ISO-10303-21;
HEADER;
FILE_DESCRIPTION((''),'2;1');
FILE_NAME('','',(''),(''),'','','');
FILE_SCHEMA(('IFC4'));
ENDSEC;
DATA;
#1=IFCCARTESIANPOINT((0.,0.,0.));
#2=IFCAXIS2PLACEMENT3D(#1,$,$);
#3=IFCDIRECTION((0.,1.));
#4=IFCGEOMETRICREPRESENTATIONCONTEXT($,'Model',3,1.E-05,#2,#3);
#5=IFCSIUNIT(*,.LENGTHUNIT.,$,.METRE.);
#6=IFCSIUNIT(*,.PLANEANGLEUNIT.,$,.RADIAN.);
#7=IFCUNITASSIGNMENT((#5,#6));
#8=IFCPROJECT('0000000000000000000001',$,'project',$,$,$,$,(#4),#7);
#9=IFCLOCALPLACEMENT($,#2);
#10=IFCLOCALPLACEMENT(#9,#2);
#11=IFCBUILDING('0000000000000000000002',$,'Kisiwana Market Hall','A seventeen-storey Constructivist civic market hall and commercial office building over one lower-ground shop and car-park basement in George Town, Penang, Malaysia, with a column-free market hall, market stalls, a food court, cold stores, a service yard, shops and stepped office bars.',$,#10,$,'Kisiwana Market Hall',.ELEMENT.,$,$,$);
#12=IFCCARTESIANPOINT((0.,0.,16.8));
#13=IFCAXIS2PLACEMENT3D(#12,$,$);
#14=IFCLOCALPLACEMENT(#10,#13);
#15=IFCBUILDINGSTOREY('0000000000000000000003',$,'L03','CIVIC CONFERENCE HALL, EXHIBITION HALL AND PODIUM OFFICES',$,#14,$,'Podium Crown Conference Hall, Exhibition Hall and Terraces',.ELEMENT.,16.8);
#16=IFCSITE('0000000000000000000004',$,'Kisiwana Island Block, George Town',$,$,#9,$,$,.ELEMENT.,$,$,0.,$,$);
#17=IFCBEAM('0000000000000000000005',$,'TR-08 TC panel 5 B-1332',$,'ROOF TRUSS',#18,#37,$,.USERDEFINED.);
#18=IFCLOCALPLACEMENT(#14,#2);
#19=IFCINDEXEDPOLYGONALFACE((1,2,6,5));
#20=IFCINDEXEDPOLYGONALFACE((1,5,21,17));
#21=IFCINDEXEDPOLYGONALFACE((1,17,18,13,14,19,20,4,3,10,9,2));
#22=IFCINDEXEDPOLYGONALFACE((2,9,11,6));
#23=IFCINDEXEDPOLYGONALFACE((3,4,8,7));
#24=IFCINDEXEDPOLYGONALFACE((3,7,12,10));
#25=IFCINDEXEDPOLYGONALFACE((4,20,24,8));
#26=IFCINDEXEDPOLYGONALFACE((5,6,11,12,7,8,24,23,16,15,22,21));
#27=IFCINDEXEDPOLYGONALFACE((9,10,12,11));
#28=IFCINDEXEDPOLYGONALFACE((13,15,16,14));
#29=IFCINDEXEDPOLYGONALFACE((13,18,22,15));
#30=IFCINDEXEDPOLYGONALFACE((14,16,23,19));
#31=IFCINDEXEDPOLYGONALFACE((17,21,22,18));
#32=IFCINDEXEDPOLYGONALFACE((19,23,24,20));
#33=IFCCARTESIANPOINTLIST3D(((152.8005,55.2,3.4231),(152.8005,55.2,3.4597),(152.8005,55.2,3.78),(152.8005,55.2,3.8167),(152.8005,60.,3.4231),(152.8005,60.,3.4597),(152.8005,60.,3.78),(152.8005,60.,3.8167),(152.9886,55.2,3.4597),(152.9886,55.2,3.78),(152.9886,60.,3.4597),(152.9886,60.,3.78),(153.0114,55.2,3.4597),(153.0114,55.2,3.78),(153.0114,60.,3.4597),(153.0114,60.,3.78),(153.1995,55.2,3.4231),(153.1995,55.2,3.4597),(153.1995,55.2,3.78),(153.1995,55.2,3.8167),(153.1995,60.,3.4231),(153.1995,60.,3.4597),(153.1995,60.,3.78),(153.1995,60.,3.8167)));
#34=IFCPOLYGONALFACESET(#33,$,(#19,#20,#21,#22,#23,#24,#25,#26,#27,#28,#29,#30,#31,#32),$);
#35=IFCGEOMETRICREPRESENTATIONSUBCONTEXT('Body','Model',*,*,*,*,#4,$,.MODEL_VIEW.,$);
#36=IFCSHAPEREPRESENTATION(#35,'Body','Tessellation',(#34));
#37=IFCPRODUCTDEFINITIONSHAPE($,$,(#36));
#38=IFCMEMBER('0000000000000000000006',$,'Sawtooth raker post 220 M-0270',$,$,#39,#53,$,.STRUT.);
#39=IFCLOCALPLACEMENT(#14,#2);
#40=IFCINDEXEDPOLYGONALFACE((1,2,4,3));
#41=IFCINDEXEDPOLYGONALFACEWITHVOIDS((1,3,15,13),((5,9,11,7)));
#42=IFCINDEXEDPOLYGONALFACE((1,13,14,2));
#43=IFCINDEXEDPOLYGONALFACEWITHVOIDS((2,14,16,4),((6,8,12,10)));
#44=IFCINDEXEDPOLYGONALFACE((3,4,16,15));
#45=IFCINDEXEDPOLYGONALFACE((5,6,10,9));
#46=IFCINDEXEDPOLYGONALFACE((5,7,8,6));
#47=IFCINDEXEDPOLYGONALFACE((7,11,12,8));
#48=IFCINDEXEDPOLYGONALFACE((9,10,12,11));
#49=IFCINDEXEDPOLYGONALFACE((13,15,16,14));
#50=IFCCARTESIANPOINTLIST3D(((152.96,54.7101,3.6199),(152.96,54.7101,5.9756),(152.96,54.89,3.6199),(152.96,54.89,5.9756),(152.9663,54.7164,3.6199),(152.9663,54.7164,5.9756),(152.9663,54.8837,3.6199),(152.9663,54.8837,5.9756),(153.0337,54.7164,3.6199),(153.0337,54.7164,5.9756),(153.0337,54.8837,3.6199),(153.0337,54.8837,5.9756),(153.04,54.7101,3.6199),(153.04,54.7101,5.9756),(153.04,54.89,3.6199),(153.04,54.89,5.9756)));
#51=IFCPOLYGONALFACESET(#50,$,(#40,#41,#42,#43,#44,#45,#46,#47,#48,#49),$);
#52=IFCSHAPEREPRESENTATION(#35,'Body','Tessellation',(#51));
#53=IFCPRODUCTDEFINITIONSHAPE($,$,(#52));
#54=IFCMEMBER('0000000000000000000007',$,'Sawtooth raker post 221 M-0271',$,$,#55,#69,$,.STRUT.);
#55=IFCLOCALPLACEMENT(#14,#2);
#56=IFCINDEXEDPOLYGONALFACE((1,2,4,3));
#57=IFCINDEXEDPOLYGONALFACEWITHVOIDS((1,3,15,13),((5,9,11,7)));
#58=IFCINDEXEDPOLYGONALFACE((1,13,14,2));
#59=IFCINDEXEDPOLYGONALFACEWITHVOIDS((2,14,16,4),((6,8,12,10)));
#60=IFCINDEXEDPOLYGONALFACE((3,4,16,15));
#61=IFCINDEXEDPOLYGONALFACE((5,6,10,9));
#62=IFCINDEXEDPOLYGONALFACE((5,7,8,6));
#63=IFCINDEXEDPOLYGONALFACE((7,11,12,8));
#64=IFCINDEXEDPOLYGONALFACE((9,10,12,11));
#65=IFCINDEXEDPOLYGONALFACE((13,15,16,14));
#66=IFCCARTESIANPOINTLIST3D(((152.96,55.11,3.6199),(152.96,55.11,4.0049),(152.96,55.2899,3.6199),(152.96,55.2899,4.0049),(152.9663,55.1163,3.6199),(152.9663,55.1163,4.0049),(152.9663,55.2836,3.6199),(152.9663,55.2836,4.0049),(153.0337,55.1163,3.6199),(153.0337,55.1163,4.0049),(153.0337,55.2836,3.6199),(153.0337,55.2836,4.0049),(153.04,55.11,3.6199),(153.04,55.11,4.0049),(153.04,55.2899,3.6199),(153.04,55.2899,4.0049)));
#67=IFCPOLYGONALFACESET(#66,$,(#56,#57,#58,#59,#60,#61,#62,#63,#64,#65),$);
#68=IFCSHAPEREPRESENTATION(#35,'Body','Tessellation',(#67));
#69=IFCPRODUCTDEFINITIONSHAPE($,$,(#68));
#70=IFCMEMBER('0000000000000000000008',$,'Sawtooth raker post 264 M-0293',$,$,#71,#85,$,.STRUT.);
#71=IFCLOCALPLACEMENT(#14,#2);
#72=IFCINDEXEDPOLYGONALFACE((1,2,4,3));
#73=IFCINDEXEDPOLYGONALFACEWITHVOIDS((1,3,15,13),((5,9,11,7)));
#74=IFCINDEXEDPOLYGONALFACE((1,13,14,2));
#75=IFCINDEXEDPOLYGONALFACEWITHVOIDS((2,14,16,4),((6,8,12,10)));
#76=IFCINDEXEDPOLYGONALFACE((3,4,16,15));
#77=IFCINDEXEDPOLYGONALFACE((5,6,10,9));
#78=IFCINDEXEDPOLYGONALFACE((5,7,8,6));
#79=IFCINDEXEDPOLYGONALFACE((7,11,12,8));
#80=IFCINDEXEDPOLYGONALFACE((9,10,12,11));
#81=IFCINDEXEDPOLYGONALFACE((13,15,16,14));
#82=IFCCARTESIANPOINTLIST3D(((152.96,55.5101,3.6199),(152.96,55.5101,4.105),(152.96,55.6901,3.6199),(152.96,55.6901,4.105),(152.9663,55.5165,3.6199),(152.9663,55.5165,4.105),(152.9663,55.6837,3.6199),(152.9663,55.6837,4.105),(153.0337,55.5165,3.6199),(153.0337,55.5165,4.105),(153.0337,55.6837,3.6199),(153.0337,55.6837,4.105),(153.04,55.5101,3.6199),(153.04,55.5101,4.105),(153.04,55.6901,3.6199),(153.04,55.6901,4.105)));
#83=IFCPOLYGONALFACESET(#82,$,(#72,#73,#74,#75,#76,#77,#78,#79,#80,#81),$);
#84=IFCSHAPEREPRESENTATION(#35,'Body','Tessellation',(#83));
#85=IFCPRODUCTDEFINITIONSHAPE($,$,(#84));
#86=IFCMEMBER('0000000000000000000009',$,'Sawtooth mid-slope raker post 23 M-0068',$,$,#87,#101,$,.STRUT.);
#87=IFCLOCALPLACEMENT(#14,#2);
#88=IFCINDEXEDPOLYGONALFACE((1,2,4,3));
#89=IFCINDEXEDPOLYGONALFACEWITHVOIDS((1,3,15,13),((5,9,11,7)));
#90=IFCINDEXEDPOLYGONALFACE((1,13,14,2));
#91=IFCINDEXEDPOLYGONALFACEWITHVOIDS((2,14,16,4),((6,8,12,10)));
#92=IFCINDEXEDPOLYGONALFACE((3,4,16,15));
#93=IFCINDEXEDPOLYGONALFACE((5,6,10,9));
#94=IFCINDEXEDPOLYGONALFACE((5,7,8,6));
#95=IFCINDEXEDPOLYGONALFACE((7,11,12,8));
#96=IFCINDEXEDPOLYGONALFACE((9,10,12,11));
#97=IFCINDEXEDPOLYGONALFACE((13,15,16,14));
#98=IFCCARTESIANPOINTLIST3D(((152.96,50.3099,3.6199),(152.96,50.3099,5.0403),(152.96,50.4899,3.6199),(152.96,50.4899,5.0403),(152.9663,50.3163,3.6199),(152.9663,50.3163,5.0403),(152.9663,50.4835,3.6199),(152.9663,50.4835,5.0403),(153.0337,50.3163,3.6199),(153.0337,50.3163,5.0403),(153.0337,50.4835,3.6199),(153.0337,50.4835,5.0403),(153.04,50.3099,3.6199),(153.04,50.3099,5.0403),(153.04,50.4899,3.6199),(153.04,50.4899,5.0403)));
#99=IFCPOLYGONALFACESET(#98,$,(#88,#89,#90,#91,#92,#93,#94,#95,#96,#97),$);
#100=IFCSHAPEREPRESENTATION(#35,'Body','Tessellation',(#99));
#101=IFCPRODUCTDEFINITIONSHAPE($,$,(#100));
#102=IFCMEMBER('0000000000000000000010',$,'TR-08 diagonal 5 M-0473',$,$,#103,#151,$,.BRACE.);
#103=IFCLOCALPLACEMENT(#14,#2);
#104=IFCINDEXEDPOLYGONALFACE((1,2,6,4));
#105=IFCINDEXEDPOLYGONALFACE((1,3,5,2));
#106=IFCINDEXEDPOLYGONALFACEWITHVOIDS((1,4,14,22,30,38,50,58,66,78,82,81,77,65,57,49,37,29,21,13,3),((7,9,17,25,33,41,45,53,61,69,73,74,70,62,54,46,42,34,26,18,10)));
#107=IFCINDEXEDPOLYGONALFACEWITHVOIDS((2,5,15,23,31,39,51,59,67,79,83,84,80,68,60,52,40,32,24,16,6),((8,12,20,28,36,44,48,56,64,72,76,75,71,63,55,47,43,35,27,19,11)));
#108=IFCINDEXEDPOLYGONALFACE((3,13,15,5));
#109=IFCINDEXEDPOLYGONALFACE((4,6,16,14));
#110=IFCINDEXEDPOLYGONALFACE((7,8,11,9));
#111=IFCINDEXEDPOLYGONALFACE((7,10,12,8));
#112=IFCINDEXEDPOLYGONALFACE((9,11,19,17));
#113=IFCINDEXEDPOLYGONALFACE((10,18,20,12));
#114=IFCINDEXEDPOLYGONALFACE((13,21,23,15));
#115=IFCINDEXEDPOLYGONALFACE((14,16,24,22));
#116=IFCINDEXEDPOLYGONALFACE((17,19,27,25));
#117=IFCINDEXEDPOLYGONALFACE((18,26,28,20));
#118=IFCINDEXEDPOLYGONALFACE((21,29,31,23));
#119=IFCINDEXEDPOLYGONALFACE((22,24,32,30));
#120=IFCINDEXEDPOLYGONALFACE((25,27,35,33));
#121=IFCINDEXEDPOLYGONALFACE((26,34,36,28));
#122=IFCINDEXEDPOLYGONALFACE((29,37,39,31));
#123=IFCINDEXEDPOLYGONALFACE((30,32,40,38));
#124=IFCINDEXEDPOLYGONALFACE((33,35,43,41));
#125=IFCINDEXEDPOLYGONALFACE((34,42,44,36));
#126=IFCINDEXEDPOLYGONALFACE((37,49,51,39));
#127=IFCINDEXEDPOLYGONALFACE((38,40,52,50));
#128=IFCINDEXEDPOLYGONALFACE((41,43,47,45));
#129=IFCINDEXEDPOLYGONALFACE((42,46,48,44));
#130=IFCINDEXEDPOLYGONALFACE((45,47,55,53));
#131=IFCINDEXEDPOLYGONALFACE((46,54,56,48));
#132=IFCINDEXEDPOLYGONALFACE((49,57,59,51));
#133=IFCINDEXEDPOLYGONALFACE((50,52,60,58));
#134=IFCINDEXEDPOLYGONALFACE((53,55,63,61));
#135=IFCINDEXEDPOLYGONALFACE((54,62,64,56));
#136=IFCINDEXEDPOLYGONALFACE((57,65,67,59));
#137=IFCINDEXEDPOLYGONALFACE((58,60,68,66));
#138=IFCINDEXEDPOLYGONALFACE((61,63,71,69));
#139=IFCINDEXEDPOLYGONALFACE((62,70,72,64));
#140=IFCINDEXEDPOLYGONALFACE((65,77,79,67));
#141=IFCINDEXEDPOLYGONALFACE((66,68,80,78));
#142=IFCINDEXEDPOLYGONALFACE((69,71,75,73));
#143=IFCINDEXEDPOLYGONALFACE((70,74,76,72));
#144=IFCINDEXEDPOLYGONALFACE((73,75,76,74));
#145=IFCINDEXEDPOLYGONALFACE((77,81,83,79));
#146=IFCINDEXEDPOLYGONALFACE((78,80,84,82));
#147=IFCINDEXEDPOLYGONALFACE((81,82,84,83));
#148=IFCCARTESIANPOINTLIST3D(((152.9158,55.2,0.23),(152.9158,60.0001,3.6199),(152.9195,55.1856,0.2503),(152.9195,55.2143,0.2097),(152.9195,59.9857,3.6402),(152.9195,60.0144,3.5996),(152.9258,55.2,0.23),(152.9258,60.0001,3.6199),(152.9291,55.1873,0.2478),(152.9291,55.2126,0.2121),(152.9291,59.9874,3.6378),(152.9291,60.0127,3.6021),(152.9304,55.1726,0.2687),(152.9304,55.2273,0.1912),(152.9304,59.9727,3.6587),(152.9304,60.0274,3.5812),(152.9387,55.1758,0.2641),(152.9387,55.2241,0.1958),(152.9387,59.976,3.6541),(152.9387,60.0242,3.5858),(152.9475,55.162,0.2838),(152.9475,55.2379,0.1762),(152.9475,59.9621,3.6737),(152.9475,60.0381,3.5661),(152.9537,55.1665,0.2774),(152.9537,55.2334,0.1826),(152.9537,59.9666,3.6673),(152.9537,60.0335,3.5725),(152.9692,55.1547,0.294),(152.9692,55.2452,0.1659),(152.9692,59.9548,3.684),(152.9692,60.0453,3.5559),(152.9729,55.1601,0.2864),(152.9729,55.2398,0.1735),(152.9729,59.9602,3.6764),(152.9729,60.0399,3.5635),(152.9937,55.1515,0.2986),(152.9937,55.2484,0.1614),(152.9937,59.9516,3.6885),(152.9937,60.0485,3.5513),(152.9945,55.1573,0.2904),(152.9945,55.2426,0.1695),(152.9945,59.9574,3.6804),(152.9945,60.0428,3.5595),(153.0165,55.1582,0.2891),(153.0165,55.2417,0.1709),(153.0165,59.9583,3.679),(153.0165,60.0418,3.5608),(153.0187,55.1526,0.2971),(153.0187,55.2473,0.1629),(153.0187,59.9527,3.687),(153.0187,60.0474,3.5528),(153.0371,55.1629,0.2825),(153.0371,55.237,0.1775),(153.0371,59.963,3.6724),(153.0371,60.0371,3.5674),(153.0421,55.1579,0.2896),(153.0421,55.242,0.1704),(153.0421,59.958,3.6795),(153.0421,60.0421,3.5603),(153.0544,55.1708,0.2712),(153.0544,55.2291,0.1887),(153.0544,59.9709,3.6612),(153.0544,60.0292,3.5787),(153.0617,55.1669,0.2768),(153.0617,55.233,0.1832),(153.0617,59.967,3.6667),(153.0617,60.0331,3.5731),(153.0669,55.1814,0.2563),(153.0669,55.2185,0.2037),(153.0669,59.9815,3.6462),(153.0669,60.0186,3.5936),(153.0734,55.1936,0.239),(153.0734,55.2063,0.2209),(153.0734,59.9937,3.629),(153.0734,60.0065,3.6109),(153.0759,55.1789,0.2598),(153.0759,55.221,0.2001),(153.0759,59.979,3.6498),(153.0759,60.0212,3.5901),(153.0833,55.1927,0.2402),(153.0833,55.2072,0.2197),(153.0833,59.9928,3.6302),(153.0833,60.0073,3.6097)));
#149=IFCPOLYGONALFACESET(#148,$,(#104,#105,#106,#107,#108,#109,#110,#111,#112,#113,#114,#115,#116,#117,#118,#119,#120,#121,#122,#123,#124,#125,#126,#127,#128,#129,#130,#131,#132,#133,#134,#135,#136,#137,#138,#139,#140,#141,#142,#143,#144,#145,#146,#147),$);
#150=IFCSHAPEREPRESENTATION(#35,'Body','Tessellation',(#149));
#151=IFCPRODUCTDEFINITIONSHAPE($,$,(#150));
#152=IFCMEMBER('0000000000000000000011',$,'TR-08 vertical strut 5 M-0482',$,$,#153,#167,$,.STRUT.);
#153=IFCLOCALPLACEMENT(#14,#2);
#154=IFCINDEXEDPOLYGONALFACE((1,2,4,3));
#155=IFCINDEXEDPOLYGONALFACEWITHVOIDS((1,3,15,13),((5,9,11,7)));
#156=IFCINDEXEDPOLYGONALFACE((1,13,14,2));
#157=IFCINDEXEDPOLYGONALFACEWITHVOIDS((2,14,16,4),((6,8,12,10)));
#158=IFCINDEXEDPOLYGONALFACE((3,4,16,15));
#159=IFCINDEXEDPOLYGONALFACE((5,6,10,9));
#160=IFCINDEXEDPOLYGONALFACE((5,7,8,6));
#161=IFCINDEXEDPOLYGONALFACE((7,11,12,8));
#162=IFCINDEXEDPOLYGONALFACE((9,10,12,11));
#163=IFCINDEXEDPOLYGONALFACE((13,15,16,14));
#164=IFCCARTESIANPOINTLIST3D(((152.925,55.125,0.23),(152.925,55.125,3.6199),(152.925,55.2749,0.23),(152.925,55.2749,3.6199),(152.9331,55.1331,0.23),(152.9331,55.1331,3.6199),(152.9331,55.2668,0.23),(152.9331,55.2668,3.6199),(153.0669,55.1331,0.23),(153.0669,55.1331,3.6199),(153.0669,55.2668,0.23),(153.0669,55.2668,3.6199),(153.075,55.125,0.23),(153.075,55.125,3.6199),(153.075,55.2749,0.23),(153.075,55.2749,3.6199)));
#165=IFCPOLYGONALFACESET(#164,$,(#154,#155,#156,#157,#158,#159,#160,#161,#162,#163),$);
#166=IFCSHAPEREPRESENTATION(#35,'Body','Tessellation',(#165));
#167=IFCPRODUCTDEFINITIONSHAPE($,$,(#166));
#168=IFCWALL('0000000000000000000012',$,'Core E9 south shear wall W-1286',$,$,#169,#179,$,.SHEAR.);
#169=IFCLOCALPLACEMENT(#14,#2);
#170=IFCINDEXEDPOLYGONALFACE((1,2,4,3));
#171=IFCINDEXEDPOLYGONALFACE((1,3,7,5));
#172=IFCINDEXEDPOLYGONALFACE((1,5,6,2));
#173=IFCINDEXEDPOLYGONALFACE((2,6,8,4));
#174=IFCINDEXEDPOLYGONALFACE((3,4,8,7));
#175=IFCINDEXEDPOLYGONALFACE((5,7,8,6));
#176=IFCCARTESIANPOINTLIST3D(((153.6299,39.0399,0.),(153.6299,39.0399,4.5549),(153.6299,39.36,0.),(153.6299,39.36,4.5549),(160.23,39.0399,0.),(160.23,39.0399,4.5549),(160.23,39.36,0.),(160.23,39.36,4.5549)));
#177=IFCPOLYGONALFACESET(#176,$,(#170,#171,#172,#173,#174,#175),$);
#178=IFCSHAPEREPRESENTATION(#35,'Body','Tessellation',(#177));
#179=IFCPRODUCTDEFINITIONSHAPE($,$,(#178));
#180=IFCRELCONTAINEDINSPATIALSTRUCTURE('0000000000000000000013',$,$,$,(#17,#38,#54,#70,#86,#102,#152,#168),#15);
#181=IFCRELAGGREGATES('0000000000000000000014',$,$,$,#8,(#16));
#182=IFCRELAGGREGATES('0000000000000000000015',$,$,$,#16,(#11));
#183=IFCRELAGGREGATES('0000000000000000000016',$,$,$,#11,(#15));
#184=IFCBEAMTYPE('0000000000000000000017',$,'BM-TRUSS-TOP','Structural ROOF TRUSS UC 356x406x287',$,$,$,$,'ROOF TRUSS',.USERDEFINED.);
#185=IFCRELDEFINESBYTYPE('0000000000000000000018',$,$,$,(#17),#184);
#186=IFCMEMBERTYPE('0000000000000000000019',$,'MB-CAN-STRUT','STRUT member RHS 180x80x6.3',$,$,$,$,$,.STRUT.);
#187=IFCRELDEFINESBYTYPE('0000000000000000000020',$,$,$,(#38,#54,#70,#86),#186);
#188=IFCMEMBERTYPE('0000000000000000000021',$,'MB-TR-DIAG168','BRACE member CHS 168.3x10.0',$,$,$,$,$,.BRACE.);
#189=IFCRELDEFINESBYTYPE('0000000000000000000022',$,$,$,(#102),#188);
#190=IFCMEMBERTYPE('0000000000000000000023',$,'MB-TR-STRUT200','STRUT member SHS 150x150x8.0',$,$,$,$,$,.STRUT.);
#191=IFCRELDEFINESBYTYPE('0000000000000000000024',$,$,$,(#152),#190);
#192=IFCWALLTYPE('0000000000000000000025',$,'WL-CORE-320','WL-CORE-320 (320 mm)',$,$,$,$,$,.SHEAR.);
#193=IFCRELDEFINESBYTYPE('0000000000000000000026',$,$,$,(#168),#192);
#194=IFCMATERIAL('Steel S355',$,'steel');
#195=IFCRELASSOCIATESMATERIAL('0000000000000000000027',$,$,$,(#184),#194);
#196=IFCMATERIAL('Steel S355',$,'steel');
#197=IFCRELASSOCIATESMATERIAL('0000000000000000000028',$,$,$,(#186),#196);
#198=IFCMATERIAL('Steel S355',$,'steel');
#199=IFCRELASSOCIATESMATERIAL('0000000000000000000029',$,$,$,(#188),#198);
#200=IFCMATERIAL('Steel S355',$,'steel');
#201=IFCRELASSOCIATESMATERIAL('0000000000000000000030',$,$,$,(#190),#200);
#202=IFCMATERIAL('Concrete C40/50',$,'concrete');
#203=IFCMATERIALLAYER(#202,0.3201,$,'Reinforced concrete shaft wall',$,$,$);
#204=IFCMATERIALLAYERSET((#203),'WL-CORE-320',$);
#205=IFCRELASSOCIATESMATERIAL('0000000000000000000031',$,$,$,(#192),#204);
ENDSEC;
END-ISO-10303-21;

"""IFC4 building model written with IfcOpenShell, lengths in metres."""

from ifc_helpers import new_model, si_unit, direction, frame, frame_2d, origin, origin_2d, place, context, subcontext, project, spatial, rectangle, hollow_rectangle, hollow_circle, i_section, extrude, material, layer, layer_set, material_profile, profile_set, type_object, element, save


model = new_model("IFC4")

# Units and contexts
model_context = context("Model", 3, precision=1e-05, world=origin(), true_north=direction((0.0, 1.0)))
body_context = subcontext(model_context, "Body", "Model", "MODEL_VIEW")
ifc_project = project(units=[si_unit("LENGTHUNIT", "METRE"), si_unit("PLANEANGLEUNIT", "RADIAN")], contexts=[model_context])

# Site, building, storey
site_placement = place(None, origin())
site = spatial("IfcSite", under=ifc_project, at=site_placement, Name="Kisiwana Island Block, George Town", CompositionType="ELEMENT", RefElevation=0.0)
building_placement = place(site_placement, origin())
building = spatial("IfcBuilding", under=site, at=building_placement, Name="Kisiwana Market Hall", Description="A seventeen-storey Constructivist civic market hall and commercial office building over one lower-ground shop and car-park basement in George Town, Penang, Malaysia, with a column-free market hall, market stalls, a food court, cold stores, a service yard, shops and stepped office bars.", LongName="Kisiwana Market Hall", CompositionType="ELEMENT")
storey_placement = place(building_placement, frame((0.0, 0.0, 16.8)))
storey = spatial("IfcBuildingStorey", under=building, at=storey_placement, Name="L03", Description="CIVIC CONFERENCE HALL, EXHIBITION HALL AND PODIUM OFFICES", LongName="Podium Crown Conference Hall, Exhibition Hall and Terraces", CompositionType="ELEMENT", Elevation=16.8)

# Beam
ifc_material_1 = material(Name="Steel S355", Category="steel")
ifc_material_profile_1 = material_profile(ifc_material_1, i_section(OverallWidth=0.3989, OverallDepth=0.3936, WebThickness=0.0227, FlangeThickness=0.0366, at=origin_2d()), Name="UC 356x406x287")
ifc_profile_set_1 = profile_set([ifc_material_profile_1], Name="Steel S355")
beam_type_1 = type_object("IfcBeamType", Name="BM-TRUSS-TOP", Description="Structural ROOF TRUSS UC 356x406x287", ElementType="ROOF TRUSS", PredefinedType="USERDEFINED", material=ifc_profile_set_1)
beam_1_placement = place(storey_placement, frame((153.0, 55.2, 3.6199), z_axis=(0.0, 1.0, 0.0), x_axis=(-1.0, 0.0, 0.0)))
element("IfcBeam", 1, at=beam_1_placement, inside=storey, type_object=beam_type_1, Name="TR-08 TC panel 5 B-1332", ObjectType="ROOF TRUSS", PredefinedType="USERDEFINED", context=body_context, shape_type="SweptSolid", body=[
    extrude(i_section(OverallWidth=0.3989, OverallDepth=0.3936, WebThickness=0.0227, FlangeThickness=0.0366, at=origin_2d()), origin(), (0.0, 0.0, 1.0), 4.8),
])

# Members
ifc_material_2 = material(Name="Steel S355", Category="steel")
ifc_material_profile_2 = material_profile(ifc_material_2, hollow_rectangle(XDim=0.0801, YDim=0.1799, WallThickness=0.0063, at=origin_2d()), Name="RHS 180x80x6.3")
ifc_profile_set_2 = profile_set([ifc_material_profile_2], Name="Steel S355")
member_type_1 = type_object("IfcMemberType", Name="MB-CAN-STRUT", Description="STRUT member RHS 180x80x6.3", PredefinedType="STRUT", material=ifc_profile_set_2)
member_1_placement = place(storey_placement, frame((153.0, 54.8, 3.6199), z_axis=(0.0, 0.0, 1.0), x_axis=(1.0, 0.0, 0.0)))
element("IfcMember", 2, at=member_1_placement, inside=storey, type_object=member_type_1, Name="Sawtooth raker post 220 M-0270", PredefinedType="STRUT", context=body_context, shape_type="SweptSolid", body=[
    extrude(hollow_rectangle(XDim=0.0801, YDim=0.1799, WallThickness=0.0063, at=origin_2d()), origin(), (0.0, 0.0, 1.0), 2.3557),
])
member_2_placement = place(storey_placement, frame((153.0, 55.2, 3.6199), z_axis=(0.0, 0.0, 1.0), x_axis=(1.0, 0.0, 0.0)))
element("IfcMember", 3, at=member_2_placement, inside=storey, type_object=member_type_1, Name="Sawtooth raker post 221 M-0271", PredefinedType="STRUT", context=body_context, shape_type="SweptSolid", body=[
    extrude(hollow_rectangle(XDim=0.0801, YDim=0.1799, WallThickness=0.0063, at=origin_2d()), origin(), (0.0, 0.0, 1.0), 0.385),
])
member_3_placement = place(storey_placement, frame((153.0, 55.6001, 3.6199), z_axis=(0.0, 0.0, 1.0), x_axis=(1.0, 0.0, 0.0)))
element("IfcMember", 4, at=member_3_placement, inside=storey, type_object=member_type_1, Name="Sawtooth raker post 264 M-0293", PredefinedType="STRUT", context=body_context, shape_type="SweptSolid", body=[
    extrude(hollow_rectangle(XDim=0.0801, YDim=0.1799, WallThickness=0.0063, at=origin_2d()), origin(), (0.0, 0.0, 1.0), 0.4851),
])
member_4_placement = place(storey_placement, frame((153.0, 50.3999, 3.6199), z_axis=(0.0, 0.0, 1.0), x_axis=(1.0, 0.0, 0.0)))
element("IfcMember", 5, at=member_4_placement, inside=storey, type_object=member_type_1, Name="Sawtooth mid-slope raker post 23 M-0068", PredefinedType="STRUT", context=body_context, shape_type="SweptSolid", body=[
    extrude(hollow_rectangle(XDim=0.0801, YDim=0.1799, WallThickness=0.0063, at=origin_2d()), origin(), (0.0, 0.0, 1.0), 1.4204),
])
ifc_material_3 = material(Name="Steel S355", Category="steel")
ifc_material_profile_3 = material_profile(ifc_material_3, hollow_circle(Radius=0.0842, WallThickness=0.01, at=origin_2d()), Name="CHS 168.3x10.0")
ifc_profile_set_3 = profile_set([ifc_material_profile_3], Name="Steel S355")
member_type_2 = type_object("IfcMemberType", Name="MB-TR-DIAG168", Description="BRACE member CHS 168.3x10.0", PredefinedType="BRACE", material=ifc_profile_set_3)
member_5_placement = place(storey_placement, frame((153.0, 55.2, 0.23), z_axis=(0.0, 0.816838, 0.576868), x_axis=(-1.0, 0.0, 0.0)))
element("IfcMember", 6, at=member_5_placement, inside=storey, type_object=member_type_2, Name="TR-08 diagonal 5 M-0473", PredefinedType="BRACE", context=body_context, shape_type="SweptSolid", body=[
    extrude(hollow_circle(Radius=0.0842, WallThickness=0.01, at=origin_2d()), origin(), (0.0, 0.0, 1.0), 5.8765),
])
ifc_material_4 = material(Name="Steel S355", Category="steel")
ifc_material_profile_4 = material_profile(ifc_material_4, hollow_rectangle(XDim=0.1499, YDim=0.1499, WallThickness=0.0081, at=origin_2d()), Name="SHS 150x150x8.0")
ifc_profile_set_4 = profile_set([ifc_material_profile_4], Name="Steel S355")
member_type_3 = type_object("IfcMemberType", Name="MB-TR-STRUT200", Description="STRUT member SHS 150x150x8.0", PredefinedType="STRUT", material=ifc_profile_set_4)
member_6_placement = place(storey_placement, frame((153.0, 55.2, 0.23), z_axis=(0.0, 0.0, 1.0), x_axis=(1.0, 0.0, 0.0)))
element("IfcMember", 7, at=member_6_placement, inside=storey, type_object=member_type_3, Name="TR-08 vertical strut 5 M-0482", PredefinedType="STRUT", context=body_context, shape_type="SweptSolid", body=[
    extrude(hollow_rectangle(XDim=0.1499, YDim=0.1499, WallThickness=0.0081, at=origin_2d()), origin(), (0.0, 0.0, 1.0), 3.3899),
])

# Wall
ifc_material_5 = material(Name="Concrete C40/50", Category="concrete")
ifc_layer = layer(ifc_material_5, 0.3201, Name="Reinforced concrete shaft wall")
ifc_layer_set = layer_set([ifc_layer], Name="WL-CORE-320")
wall_type = type_object("IfcWallType", Name="WL-CORE-320", Description="WL-CORE-320 (320 mm)", PredefinedType="SHEAR", material=ifc_layer_set)
for number, where, z_axis, x_axis, name in (
    (8, (153.6299, 39.2, 0.0), (0.0, 0.0, 1.0), (1.0, 0.0, 0.0), "Core E9 south shear wall W-1286"),
):
    element("IfcWall", number, at=place(storey_placement, frame(where, z_axis=z_axis, x_axis=x_axis)), inside=storey, type_object=wall_type, Name=name, PredefinedType="SHEAR", context=body_context, shape_type="SweptSolid", body=[
        extrude(rectangle(XDim=6.6001, YDim=0.3201, at=frame_2d((3.3, 0.0))), origin(), (0.0, 0.0, 1.0), 4.5549),
    ])

save(model, "model.ifc")
